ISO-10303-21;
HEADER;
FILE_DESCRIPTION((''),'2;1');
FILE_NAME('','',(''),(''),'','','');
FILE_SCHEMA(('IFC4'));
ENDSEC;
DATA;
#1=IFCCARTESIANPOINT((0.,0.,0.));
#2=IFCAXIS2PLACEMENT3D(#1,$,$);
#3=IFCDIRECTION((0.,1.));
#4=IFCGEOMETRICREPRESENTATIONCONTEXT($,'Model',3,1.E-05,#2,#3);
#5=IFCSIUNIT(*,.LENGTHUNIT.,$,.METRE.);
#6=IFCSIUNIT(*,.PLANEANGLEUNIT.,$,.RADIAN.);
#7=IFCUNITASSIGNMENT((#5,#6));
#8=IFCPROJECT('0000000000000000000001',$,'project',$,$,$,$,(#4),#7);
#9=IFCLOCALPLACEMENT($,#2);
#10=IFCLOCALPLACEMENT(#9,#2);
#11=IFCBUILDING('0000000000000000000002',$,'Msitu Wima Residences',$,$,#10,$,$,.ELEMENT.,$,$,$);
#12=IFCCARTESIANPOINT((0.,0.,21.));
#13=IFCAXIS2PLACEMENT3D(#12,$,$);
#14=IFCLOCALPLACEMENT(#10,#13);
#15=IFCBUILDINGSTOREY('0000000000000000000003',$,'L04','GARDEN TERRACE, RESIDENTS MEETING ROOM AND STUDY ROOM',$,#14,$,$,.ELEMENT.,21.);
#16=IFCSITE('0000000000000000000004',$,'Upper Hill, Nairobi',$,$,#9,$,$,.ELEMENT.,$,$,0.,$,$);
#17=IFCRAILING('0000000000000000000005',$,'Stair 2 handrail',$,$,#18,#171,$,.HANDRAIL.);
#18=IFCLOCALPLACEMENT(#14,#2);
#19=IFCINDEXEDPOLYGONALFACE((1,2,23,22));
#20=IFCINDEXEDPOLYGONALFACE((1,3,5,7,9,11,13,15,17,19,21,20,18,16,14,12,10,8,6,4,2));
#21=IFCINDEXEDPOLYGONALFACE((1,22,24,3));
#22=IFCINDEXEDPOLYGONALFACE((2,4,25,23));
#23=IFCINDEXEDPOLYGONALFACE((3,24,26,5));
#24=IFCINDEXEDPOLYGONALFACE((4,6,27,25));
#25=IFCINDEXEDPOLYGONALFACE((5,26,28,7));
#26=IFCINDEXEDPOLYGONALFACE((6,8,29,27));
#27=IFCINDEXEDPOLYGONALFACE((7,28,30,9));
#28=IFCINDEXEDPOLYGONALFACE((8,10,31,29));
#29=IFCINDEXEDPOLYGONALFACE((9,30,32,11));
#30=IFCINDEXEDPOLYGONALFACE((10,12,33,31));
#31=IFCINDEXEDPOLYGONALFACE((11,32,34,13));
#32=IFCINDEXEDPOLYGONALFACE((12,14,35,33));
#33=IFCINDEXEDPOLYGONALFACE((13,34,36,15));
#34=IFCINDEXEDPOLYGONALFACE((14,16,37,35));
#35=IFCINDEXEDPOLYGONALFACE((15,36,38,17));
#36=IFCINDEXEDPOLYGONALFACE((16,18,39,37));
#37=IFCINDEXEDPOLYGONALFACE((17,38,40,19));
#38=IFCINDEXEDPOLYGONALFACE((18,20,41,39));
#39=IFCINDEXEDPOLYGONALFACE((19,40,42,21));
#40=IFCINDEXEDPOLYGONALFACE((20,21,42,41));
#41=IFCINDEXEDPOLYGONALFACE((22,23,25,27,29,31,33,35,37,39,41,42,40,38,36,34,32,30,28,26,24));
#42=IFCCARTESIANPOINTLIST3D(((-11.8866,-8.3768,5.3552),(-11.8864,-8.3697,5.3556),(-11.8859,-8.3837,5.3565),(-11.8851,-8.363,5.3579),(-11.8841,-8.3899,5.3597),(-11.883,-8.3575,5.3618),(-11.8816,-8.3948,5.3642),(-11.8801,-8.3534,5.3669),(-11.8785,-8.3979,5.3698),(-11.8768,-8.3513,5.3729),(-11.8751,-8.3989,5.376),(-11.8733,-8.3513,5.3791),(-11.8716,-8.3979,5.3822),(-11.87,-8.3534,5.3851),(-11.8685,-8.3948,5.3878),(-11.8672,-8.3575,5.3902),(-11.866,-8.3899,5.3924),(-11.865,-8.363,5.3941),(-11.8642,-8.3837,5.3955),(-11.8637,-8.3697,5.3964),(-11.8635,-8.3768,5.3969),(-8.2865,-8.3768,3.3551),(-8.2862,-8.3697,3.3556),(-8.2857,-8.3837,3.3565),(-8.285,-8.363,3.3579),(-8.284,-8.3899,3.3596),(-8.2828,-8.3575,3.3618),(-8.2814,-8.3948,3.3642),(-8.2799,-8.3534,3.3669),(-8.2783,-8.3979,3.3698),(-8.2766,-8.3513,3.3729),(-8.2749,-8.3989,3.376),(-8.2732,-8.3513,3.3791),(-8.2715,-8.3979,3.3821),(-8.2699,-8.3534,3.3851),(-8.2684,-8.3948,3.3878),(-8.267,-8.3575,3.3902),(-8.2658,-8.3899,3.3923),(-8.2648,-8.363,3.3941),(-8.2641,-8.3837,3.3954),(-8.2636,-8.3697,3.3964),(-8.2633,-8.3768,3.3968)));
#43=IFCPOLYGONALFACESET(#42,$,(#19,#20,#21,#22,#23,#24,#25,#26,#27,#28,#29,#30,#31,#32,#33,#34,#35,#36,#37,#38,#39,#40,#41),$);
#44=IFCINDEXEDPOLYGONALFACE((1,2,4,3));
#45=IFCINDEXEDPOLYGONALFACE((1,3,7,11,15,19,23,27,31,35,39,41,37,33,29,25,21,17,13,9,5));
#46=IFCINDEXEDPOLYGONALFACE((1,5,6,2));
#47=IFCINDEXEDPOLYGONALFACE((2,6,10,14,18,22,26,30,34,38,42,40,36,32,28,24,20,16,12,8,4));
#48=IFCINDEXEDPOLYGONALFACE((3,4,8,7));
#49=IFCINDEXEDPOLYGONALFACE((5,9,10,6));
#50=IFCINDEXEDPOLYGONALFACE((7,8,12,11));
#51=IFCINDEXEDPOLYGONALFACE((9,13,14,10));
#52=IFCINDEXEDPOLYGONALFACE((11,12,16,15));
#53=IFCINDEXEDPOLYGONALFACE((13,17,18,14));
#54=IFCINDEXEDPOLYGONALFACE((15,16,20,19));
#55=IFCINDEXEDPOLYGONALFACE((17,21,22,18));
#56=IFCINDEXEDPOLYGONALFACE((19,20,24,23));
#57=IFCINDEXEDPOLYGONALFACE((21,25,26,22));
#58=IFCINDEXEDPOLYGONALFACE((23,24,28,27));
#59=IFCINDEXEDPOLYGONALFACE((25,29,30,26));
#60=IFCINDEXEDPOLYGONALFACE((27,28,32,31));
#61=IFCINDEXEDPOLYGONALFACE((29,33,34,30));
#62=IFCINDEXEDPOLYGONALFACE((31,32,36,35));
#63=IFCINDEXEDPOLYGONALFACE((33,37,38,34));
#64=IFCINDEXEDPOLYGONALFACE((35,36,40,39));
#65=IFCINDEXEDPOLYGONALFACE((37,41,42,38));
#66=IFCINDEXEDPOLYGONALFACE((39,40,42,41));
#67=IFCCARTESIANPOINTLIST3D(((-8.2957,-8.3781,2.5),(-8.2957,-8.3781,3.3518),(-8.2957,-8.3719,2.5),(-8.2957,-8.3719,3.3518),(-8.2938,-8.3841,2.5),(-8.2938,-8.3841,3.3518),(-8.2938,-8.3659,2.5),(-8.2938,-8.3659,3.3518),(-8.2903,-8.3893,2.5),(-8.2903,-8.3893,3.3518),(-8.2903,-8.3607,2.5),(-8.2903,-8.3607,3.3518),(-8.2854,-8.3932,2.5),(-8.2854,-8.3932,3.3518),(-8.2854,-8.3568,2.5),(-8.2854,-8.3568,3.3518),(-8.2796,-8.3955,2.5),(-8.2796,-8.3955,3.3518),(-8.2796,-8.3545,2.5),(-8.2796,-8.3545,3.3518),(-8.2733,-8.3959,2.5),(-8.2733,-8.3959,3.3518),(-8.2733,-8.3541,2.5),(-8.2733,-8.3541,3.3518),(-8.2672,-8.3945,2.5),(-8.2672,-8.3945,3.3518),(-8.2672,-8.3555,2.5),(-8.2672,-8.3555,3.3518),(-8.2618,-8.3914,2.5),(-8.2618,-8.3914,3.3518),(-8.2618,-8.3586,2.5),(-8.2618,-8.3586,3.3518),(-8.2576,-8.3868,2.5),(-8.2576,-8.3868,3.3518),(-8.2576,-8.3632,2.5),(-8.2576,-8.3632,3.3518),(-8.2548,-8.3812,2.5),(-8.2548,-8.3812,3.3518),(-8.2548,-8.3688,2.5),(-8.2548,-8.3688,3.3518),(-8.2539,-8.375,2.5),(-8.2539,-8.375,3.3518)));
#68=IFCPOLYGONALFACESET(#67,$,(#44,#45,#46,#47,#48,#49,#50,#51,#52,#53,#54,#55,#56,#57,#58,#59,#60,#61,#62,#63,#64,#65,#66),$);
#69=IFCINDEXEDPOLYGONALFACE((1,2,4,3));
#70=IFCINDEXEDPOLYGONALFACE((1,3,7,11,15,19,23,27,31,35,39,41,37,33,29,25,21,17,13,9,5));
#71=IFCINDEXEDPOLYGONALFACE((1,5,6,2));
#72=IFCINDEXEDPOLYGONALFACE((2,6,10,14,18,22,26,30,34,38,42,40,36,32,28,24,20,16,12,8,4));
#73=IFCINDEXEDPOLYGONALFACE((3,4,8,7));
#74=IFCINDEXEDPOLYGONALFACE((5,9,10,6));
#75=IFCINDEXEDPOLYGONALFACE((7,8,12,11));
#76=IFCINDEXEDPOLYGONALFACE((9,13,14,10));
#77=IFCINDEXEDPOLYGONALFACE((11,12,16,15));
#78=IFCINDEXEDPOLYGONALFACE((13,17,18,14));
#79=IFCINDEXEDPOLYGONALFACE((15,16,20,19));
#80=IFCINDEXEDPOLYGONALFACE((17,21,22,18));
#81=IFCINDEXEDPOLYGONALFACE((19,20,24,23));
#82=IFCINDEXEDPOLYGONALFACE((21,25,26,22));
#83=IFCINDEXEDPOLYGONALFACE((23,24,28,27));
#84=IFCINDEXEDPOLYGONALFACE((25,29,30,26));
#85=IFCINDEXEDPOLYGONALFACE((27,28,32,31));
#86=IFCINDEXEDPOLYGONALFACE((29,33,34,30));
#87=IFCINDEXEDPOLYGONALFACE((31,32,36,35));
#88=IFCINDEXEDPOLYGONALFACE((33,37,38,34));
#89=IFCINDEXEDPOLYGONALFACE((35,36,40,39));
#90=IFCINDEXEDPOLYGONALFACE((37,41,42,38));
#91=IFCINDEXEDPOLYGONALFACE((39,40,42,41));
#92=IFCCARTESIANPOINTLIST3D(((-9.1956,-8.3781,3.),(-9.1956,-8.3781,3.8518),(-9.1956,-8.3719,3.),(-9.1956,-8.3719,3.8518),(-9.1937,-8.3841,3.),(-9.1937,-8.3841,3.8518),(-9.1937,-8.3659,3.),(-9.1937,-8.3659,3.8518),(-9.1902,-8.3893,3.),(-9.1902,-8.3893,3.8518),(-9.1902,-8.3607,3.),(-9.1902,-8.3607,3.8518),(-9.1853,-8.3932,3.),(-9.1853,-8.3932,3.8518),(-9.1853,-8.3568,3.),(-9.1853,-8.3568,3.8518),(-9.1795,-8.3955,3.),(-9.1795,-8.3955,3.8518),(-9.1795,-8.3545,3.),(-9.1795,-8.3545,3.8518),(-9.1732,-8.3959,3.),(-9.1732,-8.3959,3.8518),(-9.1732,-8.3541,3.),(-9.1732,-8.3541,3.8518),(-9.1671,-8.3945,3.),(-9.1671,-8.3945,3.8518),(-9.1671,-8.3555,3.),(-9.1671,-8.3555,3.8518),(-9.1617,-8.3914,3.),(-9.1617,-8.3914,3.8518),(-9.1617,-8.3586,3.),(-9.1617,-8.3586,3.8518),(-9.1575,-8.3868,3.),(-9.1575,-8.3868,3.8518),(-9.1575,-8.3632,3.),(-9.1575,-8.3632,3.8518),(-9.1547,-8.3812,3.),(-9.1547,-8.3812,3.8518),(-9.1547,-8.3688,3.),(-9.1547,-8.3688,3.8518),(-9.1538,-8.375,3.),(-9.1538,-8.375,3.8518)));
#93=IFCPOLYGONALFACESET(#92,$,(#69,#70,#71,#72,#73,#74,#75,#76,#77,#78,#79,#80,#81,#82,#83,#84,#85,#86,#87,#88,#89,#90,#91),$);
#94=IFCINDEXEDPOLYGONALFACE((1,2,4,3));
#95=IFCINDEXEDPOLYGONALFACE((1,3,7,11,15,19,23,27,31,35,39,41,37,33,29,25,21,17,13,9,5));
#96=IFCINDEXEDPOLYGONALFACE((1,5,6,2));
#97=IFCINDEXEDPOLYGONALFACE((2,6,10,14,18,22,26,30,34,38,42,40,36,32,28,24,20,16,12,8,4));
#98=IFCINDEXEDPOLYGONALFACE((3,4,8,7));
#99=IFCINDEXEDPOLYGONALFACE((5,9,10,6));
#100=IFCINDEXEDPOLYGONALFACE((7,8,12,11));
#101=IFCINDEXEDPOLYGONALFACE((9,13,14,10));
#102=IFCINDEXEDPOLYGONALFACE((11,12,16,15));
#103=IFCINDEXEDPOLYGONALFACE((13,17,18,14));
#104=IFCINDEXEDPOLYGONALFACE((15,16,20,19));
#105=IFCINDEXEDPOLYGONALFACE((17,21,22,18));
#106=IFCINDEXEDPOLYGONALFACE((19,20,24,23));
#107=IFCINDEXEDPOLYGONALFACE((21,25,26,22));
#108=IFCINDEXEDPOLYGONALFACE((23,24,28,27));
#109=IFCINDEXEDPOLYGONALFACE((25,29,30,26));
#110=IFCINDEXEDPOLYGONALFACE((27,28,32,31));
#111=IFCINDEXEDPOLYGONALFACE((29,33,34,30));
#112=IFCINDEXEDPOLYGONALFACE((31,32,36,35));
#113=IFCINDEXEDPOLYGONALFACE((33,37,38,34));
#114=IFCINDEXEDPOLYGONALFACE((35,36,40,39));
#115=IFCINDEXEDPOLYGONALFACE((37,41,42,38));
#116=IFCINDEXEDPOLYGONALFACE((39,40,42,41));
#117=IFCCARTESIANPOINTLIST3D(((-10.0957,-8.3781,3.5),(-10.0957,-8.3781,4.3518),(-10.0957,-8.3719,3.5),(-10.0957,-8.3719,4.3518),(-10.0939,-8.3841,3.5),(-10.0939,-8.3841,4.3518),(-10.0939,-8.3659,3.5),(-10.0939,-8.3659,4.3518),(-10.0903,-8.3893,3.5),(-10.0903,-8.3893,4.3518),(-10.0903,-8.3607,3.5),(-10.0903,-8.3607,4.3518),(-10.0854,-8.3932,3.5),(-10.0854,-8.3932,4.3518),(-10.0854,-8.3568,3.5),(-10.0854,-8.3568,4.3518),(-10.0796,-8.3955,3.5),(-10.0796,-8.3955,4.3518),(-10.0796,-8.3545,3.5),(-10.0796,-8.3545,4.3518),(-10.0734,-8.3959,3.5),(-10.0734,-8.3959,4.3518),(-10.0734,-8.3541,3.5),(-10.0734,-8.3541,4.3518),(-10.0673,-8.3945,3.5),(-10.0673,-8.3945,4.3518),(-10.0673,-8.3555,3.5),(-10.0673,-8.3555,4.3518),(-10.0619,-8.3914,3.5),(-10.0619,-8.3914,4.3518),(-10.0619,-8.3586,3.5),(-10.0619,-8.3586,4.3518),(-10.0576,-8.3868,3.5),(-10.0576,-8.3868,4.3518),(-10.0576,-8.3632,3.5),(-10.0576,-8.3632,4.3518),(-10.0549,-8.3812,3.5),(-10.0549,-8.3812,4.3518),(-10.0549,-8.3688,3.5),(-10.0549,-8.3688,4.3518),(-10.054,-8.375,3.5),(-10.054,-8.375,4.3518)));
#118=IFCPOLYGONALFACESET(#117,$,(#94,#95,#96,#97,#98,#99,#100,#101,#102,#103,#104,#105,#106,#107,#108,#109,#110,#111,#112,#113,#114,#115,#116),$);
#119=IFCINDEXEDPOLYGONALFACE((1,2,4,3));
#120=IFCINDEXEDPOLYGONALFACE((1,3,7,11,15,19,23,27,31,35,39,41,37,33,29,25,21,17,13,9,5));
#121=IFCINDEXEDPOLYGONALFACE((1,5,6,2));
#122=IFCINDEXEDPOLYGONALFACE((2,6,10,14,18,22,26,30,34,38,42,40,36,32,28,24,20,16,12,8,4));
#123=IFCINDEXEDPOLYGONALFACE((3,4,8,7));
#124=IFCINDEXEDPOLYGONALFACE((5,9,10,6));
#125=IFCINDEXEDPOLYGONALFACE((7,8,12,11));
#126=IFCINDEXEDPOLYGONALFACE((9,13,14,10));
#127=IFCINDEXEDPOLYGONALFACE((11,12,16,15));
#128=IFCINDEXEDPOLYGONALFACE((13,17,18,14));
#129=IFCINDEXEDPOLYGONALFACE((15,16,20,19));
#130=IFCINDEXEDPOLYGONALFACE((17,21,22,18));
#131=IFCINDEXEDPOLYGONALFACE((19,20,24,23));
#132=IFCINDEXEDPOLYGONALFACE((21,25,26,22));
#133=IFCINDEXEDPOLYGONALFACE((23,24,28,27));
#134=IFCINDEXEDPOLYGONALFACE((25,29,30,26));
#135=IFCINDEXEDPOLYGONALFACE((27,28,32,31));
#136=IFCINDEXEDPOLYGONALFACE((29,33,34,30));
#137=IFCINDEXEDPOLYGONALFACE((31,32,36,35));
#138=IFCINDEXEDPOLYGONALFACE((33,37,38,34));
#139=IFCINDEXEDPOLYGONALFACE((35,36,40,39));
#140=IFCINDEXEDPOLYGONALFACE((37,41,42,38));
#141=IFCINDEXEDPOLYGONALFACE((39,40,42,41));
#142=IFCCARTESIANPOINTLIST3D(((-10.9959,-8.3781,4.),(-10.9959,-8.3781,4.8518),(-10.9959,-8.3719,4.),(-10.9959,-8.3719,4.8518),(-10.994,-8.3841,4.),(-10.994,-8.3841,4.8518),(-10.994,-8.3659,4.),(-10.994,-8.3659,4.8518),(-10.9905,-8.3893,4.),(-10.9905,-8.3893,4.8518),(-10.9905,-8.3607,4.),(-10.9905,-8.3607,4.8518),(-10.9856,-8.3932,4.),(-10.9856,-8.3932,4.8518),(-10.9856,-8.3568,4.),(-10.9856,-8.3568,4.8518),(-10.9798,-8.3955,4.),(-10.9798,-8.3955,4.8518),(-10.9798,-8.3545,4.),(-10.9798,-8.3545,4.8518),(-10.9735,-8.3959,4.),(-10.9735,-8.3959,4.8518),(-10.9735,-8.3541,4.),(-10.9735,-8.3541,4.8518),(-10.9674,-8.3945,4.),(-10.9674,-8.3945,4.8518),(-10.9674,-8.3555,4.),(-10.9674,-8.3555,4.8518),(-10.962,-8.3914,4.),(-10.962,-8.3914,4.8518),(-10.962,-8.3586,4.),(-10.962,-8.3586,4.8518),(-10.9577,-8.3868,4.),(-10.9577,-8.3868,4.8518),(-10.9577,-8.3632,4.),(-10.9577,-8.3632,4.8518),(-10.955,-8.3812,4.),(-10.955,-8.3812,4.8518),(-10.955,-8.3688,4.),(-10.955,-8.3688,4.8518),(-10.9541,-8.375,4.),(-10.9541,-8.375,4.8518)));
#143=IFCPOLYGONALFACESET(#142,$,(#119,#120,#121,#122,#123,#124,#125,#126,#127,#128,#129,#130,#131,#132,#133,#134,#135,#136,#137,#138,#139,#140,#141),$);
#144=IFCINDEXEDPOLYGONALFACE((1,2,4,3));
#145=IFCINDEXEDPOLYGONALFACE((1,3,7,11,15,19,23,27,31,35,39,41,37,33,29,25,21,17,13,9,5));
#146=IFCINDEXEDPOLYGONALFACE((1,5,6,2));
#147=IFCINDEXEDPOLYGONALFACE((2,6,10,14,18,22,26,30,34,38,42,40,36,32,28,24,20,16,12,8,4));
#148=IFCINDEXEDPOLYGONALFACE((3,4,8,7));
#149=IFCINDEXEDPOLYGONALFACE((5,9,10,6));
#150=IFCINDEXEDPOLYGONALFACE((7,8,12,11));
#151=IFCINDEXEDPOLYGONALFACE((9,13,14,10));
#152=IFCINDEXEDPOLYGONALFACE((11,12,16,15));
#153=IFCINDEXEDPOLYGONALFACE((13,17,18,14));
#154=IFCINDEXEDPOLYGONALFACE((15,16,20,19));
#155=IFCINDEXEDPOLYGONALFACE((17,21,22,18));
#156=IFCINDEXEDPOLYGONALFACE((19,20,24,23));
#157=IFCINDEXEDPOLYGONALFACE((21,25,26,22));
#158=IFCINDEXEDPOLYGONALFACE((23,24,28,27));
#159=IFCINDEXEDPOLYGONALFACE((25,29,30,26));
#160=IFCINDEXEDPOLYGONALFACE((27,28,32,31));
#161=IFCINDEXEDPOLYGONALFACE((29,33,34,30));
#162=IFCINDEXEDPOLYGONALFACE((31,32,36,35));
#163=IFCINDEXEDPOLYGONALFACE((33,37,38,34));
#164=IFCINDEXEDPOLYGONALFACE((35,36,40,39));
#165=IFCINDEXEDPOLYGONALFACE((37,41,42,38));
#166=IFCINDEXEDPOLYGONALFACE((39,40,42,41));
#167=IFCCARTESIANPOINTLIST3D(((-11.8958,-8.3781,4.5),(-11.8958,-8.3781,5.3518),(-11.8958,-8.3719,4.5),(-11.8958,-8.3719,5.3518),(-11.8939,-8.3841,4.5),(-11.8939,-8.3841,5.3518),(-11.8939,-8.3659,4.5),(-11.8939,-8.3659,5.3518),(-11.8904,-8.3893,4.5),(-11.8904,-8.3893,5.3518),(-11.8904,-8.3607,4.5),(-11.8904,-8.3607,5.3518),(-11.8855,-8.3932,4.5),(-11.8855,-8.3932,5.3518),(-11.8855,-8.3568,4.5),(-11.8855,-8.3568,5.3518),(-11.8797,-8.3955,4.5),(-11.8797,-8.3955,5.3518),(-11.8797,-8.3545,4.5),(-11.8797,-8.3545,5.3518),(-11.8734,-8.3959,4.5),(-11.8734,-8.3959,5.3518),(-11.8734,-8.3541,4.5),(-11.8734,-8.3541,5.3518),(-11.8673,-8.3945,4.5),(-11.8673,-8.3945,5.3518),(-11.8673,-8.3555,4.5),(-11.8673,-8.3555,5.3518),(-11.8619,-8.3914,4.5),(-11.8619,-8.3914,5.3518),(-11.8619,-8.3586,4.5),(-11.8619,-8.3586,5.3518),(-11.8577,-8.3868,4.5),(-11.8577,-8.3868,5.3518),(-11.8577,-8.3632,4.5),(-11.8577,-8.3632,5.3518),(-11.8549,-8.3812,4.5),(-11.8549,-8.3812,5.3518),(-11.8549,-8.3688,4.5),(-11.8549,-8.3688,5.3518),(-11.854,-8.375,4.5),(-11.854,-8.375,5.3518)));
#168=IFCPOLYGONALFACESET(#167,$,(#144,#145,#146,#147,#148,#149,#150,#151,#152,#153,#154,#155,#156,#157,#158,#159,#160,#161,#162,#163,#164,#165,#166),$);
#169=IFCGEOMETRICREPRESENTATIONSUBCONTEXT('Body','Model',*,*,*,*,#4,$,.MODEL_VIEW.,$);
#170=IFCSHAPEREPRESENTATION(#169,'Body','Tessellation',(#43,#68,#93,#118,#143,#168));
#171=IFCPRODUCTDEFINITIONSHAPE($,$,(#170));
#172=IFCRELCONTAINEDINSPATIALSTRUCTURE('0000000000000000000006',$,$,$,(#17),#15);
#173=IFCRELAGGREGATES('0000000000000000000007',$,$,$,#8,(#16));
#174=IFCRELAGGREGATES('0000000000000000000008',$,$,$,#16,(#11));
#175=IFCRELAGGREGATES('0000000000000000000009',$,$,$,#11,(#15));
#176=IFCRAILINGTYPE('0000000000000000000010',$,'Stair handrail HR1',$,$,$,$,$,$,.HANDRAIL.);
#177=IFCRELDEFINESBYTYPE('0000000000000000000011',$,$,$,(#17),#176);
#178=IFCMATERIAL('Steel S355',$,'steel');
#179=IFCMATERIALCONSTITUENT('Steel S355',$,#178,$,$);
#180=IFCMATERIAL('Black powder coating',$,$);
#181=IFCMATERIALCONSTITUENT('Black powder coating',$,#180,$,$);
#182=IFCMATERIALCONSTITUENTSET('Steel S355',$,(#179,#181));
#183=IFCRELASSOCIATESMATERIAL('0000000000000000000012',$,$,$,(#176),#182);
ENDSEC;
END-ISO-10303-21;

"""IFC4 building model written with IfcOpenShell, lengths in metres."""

from ifc_helpers import new_model, si_unit, direction, frame, origin, origin_2d, place, context, subcontext, project, spatial, circle, extrude, material, constituent, constituent_set, type_object, element, save


model = new_model("IFC4")

# Units and contexts
model_context = context("Model", 3, precision=1e-05, world=origin(), true_north=direction((0.0, 1.0)))
body_context = subcontext(model_context, "Body", "Model", "MODEL_VIEW")
ifc_project = project(units=[si_unit("LENGTHUNIT", "METRE"), si_unit("PLANEANGLEUNIT", "RADIAN")], contexts=[model_context])

# Site, building, storey
site_placement = place(None, origin())
site = spatial("IfcSite", under=ifc_project, at=site_placement, Name="Upper Hill, Nairobi", CompositionType="ELEMENT", RefElevation=0.0)
building_placement = place(site_placement, origin())
building = spatial("IfcBuilding", under=site, at=building_placement, Name="Msitu Wima Residences", CompositionType="ELEMENT")
storey_placement = place(building_placement, frame((0.0, 0.0, 21.0)))
storey = spatial("IfcBuildingStorey", under=building, at=storey_placement, Name="L04", Description="GARDEN TERRACE, RESIDENTS MEETING ROOM AND STUDY ROOM", CompositionType="ELEMENT", Elevation=21.0)

# Railing
ifc_material_1 = material(Name="Steel S355", Category="steel")
ifc_constituent_1 = constituent(ifc_material_1, Name="Steel S355")
ifc_material_2 = material(Name="Black powder coating")
ifc_constituent_2 = constituent(ifc_material_2, Name="Black powder coating")
ifc_constituent_set = constituent_set(constituents=[ifc_constituent_1, ifc_constituent_2], Name="Steel S355")
railing_type = type_object("IfcRailingType", Name="Stair handrail HR1", PredefinedType="HANDRAIL", material=ifc_constituent_set)
for number, where, name in (
    (1, (-8.2749, -8.375, 2.5), "Stair 2 handrail"),
):
    element("IfcRailing", number, at=place(storey_placement, frame(where)), inside=storey, type_object=railing_type, Name=name, PredefinedType="HANDRAIL", context=body_context, shape_type="SweptSolid", body=[
        extrude(circle(Radius=0.0239, at=origin_2d()), frame((0.0, 0.0, 0.876), z_axis=(-0.874163, 0.0, 0.485633), x_axis=(0.0, -1.0, 0.0)), (0.0, 0.0, 1.0), 4.1184),
        extrude(circle(Radius=0.021, at=origin_2d()), origin(), (0.0, 0.0, 1.0), 0.8518),
        extrude(circle(Radius=0.021, at=origin_2d()), frame((-0.8999, 0.0, 0.5)), (0.0, 0.0, 1.0), 0.8518),
        extrude(circle(Radius=0.021, at=origin_2d()), frame((-1.8, 0.0, 1.0)), (0.0, 0.0, 1.0), 0.8518),
        extrude(circle(Radius=0.021, at=origin_2d()), frame((-2.7002, 0.0, 1.5)), (0.0, 0.0, 1.0), 0.8518),
        extrude(circle(Radius=0.021, at=origin_2d()), frame((-3.6001, 0.0, 2.0)), (0.0, 0.0, 1.0), 0.8518),
    ])

save(model, "model.ifc")
